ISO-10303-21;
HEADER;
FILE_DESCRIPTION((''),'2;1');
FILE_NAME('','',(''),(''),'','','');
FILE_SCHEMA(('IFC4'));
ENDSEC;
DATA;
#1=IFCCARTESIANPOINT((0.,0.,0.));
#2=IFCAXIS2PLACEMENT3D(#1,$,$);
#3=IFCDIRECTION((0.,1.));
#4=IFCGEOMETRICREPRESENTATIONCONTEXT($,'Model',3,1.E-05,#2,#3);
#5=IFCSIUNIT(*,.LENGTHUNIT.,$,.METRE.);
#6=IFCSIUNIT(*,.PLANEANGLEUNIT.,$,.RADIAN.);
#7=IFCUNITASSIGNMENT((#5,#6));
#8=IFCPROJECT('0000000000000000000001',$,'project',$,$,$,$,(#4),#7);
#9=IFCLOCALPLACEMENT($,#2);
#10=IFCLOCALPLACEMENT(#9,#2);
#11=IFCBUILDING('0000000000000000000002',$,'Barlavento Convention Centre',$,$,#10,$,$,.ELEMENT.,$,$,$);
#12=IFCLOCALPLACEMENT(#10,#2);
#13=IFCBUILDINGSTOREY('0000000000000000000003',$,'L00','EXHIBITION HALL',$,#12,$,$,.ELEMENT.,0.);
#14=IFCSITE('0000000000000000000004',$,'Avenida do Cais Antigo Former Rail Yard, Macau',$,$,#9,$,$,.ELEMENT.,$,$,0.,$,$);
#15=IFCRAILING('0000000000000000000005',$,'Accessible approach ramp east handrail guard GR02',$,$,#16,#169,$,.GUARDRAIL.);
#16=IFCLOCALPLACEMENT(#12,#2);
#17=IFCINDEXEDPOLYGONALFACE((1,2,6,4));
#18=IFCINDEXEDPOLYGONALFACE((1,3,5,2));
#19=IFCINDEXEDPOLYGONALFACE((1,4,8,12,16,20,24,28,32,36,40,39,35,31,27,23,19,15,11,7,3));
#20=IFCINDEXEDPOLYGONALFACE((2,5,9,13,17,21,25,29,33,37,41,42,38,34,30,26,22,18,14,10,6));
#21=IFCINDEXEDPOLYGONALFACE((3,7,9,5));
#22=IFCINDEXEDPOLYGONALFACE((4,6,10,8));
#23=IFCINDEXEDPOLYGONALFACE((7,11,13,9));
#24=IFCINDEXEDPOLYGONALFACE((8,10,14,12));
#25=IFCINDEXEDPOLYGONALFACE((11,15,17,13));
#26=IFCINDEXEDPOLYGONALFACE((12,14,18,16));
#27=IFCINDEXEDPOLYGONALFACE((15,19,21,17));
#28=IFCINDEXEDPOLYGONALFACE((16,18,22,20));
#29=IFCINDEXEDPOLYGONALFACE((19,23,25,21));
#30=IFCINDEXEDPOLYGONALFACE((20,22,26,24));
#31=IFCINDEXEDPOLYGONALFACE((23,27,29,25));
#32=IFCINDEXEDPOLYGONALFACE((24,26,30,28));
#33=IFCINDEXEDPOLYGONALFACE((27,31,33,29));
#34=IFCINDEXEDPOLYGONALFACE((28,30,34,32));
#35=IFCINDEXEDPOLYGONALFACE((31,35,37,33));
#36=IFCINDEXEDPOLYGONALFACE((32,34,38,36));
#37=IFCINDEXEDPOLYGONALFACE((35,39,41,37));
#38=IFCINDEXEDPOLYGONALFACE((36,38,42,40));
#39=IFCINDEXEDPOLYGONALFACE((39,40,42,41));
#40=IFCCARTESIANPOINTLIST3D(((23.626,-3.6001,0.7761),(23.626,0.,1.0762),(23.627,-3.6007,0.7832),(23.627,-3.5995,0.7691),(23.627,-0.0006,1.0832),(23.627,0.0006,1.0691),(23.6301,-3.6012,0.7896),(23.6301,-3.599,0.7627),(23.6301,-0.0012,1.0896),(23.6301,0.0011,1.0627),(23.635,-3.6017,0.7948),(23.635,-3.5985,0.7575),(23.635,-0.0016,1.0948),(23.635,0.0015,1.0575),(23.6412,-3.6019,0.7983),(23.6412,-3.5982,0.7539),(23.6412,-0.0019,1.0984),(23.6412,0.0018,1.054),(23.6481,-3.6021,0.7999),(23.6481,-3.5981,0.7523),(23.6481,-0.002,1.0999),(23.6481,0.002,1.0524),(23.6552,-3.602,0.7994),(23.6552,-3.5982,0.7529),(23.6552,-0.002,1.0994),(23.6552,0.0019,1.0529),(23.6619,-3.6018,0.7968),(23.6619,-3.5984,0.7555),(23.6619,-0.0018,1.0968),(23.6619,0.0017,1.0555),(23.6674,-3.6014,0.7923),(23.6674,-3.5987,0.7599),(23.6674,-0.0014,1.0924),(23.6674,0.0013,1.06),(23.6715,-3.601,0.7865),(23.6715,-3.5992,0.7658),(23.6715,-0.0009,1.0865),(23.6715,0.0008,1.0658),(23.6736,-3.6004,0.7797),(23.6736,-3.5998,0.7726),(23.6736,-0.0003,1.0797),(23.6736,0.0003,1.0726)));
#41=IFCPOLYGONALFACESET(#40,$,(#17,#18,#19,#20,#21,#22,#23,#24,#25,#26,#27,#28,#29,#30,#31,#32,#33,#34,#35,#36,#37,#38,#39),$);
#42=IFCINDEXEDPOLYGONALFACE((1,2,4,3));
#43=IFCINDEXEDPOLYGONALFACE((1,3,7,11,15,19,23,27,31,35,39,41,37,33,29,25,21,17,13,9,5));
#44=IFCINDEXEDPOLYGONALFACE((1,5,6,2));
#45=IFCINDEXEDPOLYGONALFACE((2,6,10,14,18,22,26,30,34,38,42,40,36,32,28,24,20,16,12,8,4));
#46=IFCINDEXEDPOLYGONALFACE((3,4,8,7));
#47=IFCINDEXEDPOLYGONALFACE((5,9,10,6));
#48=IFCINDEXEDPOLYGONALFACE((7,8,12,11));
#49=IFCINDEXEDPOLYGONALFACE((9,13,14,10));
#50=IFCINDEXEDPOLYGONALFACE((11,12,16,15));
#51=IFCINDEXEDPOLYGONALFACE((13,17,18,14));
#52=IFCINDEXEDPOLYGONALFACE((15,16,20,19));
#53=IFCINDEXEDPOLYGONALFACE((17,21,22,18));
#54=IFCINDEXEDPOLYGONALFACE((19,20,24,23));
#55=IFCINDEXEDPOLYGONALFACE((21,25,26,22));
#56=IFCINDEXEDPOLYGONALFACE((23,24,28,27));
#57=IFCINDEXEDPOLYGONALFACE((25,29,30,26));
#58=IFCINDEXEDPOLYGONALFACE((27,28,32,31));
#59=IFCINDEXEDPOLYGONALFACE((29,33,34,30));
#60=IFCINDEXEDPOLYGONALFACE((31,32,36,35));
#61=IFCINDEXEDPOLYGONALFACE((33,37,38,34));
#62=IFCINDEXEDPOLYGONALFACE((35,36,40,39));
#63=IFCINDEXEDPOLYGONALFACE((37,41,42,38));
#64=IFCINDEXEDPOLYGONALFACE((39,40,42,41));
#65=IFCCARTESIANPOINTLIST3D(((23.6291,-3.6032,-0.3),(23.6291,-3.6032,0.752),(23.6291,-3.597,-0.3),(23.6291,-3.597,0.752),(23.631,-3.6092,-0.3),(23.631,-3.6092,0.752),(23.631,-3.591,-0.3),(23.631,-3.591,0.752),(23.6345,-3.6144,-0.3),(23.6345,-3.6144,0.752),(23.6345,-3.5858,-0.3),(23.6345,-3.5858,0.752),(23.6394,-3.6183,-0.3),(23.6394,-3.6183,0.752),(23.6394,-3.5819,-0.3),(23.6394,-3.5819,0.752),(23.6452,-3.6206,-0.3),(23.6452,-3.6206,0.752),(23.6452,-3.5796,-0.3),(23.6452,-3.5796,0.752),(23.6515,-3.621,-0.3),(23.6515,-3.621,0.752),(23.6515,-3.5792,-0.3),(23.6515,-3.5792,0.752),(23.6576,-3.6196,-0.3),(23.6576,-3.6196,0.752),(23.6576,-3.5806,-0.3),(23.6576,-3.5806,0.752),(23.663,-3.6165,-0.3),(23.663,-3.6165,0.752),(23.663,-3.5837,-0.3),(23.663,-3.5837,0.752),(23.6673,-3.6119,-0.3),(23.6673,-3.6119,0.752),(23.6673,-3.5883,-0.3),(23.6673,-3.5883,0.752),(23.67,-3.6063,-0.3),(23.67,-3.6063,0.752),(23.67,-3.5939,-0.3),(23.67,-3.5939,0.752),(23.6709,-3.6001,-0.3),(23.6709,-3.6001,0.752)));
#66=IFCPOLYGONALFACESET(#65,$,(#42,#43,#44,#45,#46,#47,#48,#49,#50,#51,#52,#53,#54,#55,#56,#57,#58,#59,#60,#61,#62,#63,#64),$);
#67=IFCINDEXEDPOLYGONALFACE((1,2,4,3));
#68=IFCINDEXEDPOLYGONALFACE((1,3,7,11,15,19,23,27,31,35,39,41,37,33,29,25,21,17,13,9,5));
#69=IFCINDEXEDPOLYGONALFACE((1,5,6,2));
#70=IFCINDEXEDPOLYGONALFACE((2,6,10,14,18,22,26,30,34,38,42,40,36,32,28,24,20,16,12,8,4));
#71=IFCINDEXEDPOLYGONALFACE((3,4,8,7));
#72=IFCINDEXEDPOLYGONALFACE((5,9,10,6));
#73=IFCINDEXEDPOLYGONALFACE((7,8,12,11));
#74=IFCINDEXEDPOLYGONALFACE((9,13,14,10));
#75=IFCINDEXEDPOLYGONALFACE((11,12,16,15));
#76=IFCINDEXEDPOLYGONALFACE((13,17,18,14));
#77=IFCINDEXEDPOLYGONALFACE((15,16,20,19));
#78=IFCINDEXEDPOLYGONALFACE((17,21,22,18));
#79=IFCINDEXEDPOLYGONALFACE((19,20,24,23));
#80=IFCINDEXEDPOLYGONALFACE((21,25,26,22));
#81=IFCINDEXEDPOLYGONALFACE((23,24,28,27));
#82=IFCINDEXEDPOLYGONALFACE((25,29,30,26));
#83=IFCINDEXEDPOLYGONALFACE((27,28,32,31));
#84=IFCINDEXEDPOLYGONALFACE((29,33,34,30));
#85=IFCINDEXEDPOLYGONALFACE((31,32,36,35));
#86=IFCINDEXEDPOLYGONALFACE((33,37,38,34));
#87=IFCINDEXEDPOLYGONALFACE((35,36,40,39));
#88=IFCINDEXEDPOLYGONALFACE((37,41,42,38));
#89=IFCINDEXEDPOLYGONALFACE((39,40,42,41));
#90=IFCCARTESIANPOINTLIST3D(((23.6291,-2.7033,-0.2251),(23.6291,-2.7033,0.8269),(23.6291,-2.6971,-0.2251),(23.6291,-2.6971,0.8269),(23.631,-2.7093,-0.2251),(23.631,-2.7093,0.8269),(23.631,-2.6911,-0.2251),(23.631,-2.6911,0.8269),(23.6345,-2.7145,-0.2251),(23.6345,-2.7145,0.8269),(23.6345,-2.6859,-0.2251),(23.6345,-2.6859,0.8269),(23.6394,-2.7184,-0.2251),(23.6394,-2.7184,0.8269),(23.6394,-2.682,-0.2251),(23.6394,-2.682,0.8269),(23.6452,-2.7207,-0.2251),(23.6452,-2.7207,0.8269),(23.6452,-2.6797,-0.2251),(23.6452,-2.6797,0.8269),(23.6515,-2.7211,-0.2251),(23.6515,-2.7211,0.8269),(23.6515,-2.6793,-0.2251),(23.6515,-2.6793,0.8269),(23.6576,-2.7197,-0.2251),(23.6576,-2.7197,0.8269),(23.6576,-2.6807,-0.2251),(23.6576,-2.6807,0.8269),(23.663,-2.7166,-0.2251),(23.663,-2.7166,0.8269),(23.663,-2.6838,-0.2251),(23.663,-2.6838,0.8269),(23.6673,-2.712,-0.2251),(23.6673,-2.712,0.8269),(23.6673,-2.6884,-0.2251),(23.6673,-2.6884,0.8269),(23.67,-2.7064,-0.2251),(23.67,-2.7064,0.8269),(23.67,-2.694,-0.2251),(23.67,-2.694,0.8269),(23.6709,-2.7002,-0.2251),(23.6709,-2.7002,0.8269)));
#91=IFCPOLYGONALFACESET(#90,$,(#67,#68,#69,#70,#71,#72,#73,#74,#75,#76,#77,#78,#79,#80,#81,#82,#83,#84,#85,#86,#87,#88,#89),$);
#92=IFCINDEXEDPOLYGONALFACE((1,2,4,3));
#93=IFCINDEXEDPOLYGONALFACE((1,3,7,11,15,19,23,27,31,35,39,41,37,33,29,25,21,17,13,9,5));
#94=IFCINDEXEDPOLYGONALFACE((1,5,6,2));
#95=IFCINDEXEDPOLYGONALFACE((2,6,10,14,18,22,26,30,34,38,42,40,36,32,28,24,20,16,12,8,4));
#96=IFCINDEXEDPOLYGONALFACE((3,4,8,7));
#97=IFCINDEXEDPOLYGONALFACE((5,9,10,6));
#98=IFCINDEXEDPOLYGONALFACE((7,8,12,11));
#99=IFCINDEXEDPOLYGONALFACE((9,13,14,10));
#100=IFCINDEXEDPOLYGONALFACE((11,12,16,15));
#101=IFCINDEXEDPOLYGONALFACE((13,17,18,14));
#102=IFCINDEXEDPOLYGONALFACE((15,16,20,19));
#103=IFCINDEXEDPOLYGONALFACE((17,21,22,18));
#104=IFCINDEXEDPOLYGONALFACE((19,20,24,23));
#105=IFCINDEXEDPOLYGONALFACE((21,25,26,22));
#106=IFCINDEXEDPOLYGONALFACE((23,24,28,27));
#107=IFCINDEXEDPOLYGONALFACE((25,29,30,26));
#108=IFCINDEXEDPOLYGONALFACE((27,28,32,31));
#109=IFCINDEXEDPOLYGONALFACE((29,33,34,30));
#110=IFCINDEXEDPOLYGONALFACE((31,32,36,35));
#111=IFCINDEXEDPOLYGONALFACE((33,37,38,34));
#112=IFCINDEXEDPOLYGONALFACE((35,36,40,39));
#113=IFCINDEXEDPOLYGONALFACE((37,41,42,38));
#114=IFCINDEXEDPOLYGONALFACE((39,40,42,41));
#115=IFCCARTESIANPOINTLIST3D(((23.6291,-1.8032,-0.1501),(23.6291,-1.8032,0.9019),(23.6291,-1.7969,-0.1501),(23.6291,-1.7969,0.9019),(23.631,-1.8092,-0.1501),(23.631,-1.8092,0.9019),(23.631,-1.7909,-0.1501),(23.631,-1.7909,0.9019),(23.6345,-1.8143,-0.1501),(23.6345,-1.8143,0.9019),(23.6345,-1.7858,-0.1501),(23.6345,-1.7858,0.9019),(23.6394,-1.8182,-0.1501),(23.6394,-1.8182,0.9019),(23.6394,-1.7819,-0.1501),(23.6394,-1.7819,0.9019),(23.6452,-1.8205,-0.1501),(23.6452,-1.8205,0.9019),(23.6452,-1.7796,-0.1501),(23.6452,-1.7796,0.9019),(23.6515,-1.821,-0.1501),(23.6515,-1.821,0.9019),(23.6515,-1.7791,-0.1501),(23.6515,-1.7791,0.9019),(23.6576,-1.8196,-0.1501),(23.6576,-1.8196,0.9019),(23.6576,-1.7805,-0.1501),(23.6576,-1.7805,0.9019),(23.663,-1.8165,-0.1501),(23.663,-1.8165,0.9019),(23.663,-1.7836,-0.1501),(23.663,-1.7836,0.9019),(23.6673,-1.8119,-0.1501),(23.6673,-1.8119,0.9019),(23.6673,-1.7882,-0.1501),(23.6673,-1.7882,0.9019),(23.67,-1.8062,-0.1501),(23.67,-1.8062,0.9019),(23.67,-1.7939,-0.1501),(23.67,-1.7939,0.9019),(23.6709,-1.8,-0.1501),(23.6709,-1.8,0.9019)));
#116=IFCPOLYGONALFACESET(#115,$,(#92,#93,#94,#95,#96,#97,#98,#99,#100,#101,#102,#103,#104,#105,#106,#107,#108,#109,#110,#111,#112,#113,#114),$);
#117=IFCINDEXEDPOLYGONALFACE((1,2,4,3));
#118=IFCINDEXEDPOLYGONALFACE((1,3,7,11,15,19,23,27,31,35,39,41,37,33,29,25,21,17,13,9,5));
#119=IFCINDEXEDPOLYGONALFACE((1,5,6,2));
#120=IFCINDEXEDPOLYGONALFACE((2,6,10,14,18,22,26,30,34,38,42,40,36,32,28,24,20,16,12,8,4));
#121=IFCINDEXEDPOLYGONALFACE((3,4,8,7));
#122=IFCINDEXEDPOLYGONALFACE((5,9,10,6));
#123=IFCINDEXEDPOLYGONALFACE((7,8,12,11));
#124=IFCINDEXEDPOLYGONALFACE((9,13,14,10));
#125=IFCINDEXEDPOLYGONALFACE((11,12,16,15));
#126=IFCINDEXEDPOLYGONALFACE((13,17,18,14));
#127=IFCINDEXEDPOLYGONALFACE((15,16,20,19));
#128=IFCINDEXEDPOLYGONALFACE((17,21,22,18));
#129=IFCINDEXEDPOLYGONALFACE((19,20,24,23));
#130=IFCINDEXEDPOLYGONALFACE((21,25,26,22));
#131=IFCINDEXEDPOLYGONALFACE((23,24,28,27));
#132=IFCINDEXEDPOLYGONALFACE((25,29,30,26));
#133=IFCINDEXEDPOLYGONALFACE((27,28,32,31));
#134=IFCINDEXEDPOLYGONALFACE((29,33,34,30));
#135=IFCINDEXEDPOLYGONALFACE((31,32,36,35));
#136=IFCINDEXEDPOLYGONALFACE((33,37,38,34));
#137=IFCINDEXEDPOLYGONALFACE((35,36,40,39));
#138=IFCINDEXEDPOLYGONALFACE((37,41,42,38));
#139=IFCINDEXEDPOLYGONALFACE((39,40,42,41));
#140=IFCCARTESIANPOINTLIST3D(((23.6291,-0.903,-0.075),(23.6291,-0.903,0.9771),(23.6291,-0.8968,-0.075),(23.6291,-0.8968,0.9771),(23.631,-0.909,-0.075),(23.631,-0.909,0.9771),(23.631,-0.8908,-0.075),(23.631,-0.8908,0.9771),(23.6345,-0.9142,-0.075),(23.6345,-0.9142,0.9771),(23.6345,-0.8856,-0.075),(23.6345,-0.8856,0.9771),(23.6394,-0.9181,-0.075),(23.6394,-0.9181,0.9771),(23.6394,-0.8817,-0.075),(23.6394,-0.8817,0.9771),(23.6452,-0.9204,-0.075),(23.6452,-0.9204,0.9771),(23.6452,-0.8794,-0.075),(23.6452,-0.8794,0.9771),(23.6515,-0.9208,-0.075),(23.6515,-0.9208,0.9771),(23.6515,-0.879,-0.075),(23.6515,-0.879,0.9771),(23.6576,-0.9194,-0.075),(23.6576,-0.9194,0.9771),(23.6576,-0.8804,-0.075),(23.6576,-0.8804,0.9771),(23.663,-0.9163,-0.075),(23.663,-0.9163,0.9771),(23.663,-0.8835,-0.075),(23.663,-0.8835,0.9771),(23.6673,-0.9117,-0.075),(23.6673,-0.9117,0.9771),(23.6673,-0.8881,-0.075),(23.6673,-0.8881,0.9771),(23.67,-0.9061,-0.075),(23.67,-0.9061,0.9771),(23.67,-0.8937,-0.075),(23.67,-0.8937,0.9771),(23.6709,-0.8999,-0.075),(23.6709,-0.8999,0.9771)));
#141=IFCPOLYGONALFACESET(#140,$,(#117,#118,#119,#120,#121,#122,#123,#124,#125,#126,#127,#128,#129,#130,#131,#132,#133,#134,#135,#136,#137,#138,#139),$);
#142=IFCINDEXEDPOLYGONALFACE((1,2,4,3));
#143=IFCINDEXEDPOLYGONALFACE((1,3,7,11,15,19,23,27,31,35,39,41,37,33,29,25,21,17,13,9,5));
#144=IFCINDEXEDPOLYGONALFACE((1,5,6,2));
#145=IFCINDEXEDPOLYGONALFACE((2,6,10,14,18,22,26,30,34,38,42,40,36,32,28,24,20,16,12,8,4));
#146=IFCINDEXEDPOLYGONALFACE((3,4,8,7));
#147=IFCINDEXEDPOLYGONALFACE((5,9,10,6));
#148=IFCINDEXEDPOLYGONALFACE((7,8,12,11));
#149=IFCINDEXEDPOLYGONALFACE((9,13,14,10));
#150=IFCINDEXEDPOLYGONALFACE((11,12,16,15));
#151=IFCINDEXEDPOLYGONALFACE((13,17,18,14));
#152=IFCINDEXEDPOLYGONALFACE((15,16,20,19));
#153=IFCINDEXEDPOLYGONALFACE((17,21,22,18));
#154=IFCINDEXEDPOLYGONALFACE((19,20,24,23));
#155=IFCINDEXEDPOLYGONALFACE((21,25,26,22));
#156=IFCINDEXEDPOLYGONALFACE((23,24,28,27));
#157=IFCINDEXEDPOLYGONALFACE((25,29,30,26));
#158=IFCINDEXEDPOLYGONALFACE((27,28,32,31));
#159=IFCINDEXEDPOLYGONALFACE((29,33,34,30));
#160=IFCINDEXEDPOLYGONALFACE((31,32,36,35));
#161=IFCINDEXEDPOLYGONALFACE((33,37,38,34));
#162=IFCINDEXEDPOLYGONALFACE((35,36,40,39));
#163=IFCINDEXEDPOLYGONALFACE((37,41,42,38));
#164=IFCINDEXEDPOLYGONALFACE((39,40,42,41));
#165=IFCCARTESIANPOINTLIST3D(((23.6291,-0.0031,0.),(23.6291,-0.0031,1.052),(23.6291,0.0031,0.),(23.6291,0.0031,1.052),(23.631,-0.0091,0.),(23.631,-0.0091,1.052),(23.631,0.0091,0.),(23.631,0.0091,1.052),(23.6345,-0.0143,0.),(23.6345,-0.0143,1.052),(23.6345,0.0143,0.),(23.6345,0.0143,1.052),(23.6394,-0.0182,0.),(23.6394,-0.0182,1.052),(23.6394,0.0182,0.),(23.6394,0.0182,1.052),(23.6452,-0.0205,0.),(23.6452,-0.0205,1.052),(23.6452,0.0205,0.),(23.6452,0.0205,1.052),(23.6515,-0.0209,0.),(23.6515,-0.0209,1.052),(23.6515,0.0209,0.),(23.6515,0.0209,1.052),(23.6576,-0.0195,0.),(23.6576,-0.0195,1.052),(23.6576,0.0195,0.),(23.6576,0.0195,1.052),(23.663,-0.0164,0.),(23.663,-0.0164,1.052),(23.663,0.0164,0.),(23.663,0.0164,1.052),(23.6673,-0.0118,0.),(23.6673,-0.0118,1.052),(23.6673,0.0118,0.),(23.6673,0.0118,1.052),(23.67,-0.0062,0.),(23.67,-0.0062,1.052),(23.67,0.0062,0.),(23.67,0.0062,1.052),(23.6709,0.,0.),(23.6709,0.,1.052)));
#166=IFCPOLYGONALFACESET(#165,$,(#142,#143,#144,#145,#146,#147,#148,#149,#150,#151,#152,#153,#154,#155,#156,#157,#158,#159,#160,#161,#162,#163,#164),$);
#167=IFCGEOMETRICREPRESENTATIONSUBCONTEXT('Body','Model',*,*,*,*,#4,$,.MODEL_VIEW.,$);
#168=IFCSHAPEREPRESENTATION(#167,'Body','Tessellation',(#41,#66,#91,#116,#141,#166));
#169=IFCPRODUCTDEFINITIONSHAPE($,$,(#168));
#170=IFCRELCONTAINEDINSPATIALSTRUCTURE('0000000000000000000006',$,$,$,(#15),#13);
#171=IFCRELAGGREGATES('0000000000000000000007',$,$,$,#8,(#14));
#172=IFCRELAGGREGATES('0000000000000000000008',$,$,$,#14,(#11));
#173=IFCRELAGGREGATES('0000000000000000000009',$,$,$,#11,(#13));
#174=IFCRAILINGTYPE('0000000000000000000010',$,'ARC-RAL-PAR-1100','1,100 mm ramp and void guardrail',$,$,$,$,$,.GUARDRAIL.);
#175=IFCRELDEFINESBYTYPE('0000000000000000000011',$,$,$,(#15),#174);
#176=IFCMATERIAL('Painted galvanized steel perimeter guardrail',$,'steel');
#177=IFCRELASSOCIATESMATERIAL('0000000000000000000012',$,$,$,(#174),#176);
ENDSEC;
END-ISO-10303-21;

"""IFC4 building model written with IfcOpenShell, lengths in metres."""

from ifc_helpers import new_model, si_unit, direction, frame, origin, origin_2d, place, context, subcontext, project, spatial, circle, extrude, material, type_object, element, save


model = new_model("IFC4")

# Units and contexts
model_context = context("Model", 3, precision=1e-05, world=origin(), true_north=direction((0.0, 1.0)))
body_context = subcontext(model_context, "Body", "Model", "MODEL_VIEW")
ifc_project = project(units=[si_unit("LENGTHUNIT", "METRE"), si_unit("PLANEANGLEUNIT", "RADIAN")], contexts=[model_context])

# Site, building, storey
site_placement = place(None, origin())
site = spatial("IfcSite", under=ifc_project, at=site_placement, Name="Avenida do Cais Antigo Former Rail Yard, Macau", CompositionType="ELEMENT", RefElevation=0.0)
building_placement = place(site_placement, origin())
building = spatial("IfcBuilding", under=site, at=building_placement, Name="Barlavento Convention Centre", CompositionType="ELEMENT")
storey_placement = place(building_placement, origin())
storey = spatial("IfcBuildingStorey", under=building, at=storey_placement, Name="L00", Description="EXHIBITION HALL", CompositionType="ELEMENT", Elevation=0.0)

# Railing
ifc_material_1 = material(Name="Painted galvanized steel perimeter guardrail", Category="steel")
railing_type = type_object("IfcRailingType", Name="ARC-RAL-PAR-1100", Description="1,100 mm ramp and void guardrail", PredefinedType="GUARDRAIL", material=ifc_material_1)
for number, where, name in (
    (1, (23.6499, -3.6001, -0.3), "Accessible approach ramp east handrail guard GR02"),
):
    element("IfcRailing", number, at=place(storey_placement, frame(where)), inside=storey, type_object=railing_type, Name=name, PredefinedType="GUARDRAIL", context=body_context, shape_type="SweptSolid", body=[
        extrude(circle(Radius=0.0239, at=origin_2d()), frame((0.0, 0.0, 1.0762), z_axis=(0.0, 0.996545, 0.083057), x_axis=(-1.0, 0.0, 0.0)), (0.0, 0.0, 1.0), 3.6125),
        extrude(circle(Radius=0.021, at=origin_2d()), origin(), (0.0, 0.0, 1.0), 1.052),
        extrude(circle(Radius=0.021, at=origin_2d()), frame((0.0, 0.8999, 0.075)), (0.0, 0.0, 1.0), 1.052),
        extrude(circle(Radius=0.021, at=origin_2d()), frame((0.0, 1.8, 0.1499)), (0.0, 0.0, 1.0), 1.052),
        extrude(circle(Radius=0.021, at=origin_2d()), frame((0.0, 2.7002, 0.2251)), (0.0, 0.0, 1.0), 1.052),
        extrude(circle(Radius=0.021, at=origin_2d()), frame((0.0, 3.6001, 0.3)), (0.0, 0.0, 1.0), 1.052),
    ])

save(model, "model.ifc")
